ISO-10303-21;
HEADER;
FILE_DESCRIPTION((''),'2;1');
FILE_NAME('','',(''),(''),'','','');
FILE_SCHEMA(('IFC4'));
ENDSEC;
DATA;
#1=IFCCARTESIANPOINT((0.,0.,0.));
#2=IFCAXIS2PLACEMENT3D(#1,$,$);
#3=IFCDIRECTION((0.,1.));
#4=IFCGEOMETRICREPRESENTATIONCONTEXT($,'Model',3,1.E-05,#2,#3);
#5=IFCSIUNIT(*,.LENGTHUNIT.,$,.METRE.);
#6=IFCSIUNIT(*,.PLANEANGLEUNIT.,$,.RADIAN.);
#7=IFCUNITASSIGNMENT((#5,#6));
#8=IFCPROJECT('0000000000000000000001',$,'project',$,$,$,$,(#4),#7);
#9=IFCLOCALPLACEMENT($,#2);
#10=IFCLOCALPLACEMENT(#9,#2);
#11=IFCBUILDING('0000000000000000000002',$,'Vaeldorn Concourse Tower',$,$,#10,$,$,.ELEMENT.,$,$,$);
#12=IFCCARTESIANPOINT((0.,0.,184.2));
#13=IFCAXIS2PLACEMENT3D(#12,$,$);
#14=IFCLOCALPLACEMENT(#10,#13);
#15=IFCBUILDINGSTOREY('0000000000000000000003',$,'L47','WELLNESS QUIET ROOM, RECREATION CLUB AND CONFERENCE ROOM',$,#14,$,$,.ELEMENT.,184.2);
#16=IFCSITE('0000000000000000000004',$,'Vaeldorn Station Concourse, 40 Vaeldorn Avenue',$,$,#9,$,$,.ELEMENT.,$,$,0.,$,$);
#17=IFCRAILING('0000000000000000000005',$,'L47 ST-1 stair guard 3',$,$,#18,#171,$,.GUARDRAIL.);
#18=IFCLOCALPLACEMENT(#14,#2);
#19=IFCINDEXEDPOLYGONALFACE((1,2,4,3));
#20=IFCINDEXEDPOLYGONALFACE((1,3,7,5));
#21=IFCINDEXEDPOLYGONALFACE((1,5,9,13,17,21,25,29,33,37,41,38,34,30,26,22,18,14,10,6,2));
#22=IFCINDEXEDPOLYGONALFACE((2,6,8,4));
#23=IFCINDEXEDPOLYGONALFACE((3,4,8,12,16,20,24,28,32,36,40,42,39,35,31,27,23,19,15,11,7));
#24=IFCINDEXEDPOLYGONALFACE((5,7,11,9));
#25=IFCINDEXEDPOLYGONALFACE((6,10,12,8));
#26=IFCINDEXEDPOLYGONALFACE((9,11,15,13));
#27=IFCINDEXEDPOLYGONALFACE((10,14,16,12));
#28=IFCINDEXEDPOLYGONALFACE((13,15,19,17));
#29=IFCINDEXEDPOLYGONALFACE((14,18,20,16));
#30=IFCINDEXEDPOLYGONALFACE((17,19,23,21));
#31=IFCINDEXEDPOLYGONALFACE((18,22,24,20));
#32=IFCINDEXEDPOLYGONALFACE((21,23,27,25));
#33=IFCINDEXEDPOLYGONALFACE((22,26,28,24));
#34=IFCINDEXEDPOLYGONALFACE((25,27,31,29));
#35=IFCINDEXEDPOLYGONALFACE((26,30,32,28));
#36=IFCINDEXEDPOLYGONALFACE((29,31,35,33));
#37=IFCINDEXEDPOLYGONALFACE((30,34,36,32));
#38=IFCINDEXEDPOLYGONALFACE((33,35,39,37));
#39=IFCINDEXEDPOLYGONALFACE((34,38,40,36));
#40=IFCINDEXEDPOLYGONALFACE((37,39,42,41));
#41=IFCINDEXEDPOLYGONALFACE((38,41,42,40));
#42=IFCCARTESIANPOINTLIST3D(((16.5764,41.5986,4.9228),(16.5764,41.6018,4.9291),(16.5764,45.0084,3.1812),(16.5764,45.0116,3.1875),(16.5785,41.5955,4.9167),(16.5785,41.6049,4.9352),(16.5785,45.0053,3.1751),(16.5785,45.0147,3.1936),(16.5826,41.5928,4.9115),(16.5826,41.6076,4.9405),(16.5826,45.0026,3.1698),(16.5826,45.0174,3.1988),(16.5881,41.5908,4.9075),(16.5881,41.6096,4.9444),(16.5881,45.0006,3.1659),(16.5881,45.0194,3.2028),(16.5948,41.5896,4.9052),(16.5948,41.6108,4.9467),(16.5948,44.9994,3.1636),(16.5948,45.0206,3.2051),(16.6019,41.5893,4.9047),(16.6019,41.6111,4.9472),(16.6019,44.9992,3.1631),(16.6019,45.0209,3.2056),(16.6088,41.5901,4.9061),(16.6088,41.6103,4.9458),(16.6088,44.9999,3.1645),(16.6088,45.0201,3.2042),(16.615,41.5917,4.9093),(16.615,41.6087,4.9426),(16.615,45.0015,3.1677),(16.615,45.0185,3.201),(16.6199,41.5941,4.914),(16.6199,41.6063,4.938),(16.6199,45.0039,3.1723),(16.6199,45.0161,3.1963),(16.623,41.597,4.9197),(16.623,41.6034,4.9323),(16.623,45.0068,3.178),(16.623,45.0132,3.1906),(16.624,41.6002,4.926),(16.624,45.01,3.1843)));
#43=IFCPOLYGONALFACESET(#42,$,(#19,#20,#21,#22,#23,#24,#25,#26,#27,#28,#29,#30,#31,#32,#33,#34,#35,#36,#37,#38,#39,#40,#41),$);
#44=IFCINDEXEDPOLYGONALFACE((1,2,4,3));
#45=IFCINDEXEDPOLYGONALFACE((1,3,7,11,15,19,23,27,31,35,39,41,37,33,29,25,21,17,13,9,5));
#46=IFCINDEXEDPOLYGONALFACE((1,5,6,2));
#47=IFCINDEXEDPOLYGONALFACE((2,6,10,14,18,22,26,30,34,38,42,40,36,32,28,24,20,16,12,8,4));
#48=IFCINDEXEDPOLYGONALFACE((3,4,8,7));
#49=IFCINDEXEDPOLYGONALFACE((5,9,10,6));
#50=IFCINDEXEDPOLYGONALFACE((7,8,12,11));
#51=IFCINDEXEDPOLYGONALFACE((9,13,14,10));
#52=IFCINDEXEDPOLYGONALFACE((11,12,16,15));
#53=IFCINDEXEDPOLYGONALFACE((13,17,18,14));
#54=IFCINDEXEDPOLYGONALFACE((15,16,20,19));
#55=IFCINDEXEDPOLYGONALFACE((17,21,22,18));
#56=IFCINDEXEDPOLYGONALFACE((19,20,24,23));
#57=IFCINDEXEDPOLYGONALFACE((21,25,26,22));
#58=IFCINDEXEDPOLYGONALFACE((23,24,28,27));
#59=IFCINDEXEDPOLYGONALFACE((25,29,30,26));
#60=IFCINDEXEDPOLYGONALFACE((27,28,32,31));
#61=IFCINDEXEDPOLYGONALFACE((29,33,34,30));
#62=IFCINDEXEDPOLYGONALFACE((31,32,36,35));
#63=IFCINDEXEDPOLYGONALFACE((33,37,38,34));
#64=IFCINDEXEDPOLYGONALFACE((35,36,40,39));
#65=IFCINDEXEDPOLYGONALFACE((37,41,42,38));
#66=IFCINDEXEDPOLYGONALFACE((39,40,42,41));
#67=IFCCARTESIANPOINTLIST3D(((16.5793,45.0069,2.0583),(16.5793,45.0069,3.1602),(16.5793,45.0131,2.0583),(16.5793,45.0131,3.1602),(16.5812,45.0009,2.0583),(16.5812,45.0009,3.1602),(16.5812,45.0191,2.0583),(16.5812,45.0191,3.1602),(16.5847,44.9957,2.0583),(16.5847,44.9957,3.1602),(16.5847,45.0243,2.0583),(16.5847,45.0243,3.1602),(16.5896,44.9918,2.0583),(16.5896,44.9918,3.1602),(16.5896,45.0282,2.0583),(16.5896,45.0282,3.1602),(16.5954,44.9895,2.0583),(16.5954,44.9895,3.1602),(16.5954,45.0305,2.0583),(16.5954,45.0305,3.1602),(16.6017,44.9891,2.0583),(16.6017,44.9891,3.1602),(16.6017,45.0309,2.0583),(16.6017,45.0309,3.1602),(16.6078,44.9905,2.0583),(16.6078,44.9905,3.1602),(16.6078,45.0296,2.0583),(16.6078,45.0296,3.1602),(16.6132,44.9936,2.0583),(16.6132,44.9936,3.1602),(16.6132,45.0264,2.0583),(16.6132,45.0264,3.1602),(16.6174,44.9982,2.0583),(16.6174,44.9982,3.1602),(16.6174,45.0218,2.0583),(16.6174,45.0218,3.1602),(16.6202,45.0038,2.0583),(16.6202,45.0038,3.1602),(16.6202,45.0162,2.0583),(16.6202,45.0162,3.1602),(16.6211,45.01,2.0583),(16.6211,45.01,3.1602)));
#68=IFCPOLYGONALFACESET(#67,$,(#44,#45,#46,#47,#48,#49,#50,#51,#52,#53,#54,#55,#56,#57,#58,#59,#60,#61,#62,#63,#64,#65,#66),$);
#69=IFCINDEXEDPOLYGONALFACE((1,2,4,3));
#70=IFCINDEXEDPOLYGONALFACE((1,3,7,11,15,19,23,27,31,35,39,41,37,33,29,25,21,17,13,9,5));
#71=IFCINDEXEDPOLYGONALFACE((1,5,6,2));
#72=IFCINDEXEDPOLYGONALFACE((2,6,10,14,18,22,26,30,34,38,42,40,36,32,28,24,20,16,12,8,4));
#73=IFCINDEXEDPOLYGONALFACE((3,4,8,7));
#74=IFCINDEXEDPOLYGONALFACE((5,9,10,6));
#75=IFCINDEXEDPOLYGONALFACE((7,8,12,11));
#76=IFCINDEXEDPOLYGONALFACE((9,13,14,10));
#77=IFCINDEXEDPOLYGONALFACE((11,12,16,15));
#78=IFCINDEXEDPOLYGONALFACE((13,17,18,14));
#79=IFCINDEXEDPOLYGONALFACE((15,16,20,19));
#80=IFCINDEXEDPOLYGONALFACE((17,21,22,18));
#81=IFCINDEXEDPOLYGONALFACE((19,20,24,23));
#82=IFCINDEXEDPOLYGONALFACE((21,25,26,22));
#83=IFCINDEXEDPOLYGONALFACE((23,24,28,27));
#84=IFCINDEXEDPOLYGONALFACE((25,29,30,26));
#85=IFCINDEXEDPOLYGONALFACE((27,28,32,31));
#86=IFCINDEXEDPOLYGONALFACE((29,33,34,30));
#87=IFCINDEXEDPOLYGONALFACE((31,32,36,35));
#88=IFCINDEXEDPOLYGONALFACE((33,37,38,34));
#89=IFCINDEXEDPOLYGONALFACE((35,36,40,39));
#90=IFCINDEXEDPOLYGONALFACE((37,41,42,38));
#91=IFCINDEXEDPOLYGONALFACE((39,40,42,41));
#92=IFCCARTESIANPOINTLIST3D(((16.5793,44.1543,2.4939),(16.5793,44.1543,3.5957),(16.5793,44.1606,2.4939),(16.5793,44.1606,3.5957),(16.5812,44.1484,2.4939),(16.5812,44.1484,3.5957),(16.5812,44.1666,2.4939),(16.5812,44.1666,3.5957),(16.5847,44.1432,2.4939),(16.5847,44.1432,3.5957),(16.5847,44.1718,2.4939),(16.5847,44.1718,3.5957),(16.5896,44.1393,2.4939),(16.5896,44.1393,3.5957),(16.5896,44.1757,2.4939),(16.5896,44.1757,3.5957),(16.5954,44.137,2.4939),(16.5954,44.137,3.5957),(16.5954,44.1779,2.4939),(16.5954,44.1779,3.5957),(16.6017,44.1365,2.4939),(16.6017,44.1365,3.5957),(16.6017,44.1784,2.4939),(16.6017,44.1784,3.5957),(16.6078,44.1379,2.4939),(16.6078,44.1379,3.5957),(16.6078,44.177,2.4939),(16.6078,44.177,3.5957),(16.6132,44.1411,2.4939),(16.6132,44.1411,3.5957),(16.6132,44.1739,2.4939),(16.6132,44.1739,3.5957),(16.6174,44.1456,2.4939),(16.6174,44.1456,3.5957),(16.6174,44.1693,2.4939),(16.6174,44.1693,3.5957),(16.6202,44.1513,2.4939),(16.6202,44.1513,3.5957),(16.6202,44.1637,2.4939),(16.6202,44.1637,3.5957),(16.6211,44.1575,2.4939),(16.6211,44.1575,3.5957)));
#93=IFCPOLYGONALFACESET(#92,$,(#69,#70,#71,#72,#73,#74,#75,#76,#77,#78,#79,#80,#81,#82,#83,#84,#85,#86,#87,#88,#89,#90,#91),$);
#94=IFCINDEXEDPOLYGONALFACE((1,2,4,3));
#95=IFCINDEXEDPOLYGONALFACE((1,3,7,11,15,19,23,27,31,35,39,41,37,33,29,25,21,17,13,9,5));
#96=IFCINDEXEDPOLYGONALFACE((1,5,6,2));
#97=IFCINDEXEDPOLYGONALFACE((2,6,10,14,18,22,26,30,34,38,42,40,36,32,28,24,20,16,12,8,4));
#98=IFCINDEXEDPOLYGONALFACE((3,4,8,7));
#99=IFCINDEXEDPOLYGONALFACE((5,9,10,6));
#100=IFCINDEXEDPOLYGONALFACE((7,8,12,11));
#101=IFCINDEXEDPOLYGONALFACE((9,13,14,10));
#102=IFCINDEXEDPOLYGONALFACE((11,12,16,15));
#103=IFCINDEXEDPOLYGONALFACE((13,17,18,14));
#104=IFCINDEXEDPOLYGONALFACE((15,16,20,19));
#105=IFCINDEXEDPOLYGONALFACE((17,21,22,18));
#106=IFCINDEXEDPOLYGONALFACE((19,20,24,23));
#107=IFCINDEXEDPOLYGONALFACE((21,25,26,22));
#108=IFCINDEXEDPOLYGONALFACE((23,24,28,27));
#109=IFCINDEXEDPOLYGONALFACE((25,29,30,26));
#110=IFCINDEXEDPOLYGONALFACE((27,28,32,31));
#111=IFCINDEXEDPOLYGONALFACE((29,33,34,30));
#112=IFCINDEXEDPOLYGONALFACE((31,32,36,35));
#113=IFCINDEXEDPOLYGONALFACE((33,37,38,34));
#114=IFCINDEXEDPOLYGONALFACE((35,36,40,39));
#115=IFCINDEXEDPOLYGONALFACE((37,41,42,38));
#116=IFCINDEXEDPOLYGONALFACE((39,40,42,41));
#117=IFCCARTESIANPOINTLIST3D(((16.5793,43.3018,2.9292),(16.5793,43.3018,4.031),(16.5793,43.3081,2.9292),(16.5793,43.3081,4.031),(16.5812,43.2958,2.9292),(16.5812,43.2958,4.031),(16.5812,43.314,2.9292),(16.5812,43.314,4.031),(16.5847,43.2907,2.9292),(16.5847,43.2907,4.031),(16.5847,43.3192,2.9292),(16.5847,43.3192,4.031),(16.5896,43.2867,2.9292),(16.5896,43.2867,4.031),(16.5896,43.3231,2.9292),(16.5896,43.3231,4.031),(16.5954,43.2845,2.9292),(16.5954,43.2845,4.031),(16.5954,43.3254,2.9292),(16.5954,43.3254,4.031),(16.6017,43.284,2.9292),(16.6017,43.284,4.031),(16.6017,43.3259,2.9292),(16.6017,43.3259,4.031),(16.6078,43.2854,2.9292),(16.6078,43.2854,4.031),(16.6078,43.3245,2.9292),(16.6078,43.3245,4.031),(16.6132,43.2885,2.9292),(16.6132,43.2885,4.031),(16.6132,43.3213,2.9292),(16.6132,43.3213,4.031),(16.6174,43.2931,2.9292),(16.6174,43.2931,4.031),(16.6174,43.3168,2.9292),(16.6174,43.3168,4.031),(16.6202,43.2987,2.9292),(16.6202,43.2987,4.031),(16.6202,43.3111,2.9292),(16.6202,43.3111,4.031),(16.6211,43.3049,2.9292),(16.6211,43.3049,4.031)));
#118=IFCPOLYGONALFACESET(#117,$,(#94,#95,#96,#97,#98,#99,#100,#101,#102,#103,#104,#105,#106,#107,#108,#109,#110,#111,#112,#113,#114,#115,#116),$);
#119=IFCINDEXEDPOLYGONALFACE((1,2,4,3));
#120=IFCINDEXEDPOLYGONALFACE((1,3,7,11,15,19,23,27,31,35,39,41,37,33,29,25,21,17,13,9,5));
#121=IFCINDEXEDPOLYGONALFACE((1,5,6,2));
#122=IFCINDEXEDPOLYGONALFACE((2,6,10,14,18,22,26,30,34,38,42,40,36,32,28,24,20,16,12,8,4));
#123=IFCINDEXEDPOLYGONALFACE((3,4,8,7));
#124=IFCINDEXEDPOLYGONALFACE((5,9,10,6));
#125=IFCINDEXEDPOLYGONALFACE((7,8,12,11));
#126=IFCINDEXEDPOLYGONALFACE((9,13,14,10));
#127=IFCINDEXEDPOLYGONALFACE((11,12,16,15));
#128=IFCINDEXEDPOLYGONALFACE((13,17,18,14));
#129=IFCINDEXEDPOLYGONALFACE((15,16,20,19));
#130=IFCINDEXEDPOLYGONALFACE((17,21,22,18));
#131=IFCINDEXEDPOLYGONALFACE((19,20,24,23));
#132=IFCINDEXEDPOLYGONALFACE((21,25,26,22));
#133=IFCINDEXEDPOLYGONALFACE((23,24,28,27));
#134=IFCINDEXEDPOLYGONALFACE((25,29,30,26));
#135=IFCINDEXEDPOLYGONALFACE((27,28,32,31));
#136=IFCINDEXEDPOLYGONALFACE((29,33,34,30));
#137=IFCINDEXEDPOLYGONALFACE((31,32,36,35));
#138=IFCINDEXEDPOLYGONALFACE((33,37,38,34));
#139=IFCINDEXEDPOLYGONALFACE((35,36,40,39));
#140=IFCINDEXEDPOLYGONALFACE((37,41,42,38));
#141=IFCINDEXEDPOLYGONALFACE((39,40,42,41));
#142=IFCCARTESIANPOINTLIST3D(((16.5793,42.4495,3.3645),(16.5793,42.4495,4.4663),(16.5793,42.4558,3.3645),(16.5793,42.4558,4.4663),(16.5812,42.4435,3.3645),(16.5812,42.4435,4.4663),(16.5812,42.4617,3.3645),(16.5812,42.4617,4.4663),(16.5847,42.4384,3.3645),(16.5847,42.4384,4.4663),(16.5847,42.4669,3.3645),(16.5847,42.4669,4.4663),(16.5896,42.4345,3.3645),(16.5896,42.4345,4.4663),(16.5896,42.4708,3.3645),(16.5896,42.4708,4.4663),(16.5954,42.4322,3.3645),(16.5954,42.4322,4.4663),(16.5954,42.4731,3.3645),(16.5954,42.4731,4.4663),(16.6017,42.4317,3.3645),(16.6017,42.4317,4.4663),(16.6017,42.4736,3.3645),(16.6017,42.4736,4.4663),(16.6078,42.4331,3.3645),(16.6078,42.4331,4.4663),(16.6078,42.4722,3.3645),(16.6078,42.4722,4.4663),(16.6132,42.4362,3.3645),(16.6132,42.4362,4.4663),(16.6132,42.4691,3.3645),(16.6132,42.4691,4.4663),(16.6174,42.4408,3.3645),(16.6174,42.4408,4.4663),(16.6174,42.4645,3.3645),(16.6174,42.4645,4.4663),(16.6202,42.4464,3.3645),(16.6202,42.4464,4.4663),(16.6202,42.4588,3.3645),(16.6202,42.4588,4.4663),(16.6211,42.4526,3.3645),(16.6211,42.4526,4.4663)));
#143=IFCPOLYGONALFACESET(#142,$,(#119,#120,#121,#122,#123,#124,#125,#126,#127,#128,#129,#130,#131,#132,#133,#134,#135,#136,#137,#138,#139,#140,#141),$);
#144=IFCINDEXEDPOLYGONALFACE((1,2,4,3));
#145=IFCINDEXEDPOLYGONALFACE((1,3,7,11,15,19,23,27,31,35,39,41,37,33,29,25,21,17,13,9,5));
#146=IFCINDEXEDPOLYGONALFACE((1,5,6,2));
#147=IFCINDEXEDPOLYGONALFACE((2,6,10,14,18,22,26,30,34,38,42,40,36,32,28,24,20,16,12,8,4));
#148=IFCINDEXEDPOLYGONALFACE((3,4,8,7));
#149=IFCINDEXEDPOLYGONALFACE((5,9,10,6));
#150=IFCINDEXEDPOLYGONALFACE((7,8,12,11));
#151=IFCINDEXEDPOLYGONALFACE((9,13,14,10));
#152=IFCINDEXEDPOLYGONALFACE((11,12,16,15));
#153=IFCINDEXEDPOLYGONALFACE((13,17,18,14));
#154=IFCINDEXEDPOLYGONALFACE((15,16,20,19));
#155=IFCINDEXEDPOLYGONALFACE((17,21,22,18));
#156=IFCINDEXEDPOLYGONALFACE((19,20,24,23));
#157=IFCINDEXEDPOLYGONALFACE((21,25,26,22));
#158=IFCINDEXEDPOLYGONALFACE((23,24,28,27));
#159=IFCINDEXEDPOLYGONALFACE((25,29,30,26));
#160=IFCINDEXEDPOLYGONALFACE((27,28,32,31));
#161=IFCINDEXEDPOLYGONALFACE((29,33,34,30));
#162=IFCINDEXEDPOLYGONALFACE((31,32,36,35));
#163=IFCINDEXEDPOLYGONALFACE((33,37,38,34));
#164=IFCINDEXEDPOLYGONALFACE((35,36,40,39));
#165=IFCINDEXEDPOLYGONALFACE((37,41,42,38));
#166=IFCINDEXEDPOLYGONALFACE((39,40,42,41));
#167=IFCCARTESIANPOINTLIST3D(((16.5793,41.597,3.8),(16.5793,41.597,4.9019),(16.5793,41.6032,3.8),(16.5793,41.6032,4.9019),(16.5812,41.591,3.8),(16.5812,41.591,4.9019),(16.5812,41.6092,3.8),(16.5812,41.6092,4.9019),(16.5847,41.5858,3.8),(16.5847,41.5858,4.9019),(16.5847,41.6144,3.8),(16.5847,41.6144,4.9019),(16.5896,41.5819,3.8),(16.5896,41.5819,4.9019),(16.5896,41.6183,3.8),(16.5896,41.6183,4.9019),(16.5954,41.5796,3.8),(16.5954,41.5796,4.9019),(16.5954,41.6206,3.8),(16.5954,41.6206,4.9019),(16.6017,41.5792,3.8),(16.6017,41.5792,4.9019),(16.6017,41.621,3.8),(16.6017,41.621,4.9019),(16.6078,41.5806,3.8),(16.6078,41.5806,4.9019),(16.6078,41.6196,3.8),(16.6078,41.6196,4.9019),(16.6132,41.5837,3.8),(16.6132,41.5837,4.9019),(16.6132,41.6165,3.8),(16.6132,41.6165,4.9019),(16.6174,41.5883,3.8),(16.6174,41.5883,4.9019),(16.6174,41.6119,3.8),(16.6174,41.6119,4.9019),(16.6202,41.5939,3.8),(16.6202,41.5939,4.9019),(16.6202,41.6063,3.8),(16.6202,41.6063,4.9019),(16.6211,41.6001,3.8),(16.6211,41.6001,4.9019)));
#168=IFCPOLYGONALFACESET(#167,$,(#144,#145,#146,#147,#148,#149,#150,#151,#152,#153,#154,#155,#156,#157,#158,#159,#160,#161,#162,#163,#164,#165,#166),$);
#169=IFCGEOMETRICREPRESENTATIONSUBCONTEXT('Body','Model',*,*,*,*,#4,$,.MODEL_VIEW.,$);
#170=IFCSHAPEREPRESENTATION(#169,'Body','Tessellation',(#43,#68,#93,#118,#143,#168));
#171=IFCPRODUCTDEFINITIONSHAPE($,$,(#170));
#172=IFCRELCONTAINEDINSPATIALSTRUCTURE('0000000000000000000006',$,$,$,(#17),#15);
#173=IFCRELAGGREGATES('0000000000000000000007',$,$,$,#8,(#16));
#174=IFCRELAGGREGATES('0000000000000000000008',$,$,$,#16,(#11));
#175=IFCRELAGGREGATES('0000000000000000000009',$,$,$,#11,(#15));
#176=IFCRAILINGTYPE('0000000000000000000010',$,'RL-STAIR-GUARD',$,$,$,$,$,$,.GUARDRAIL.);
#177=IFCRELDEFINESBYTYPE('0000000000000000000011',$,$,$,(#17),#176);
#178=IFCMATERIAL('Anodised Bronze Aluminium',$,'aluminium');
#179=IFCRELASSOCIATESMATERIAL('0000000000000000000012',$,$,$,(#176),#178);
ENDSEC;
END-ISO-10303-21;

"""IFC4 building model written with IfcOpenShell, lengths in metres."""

from ifc_helpers import new_model, si_unit, direction, frame, origin, origin_2d, place, context, subcontext, project, spatial, circle, extrude, material, type_object, element, save


model = new_model("IFC4")

# Units and contexts
model_context = context("Model", 3, precision=1e-05, world=origin(), true_north=direction((0.0, 1.0)))
body_context = subcontext(model_context, "Body", "Model", "MODEL_VIEW")
ifc_project = project(units=[si_unit("LENGTHUNIT", "METRE"), si_unit("PLANEANGLEUNIT", "RADIAN")], contexts=[model_context])

# Site, building, storey
site_placement = place(None, origin())
site = spatial("IfcSite", under=ifc_project, at=site_placement, Name="Vaeldorn Station Concourse, 40 Vaeldorn Avenue", CompositionType="ELEMENT", RefElevation=0.0)
building_placement = place(site_placement, origin())
building = spatial("IfcBuilding", under=site, at=building_placement, Name="Vaeldorn Concourse Tower", CompositionType="ELEMENT")
storey_placement = place(building_placement, frame((0.0, 0.0, 184.2)))
storey = spatial("IfcBuildingStorey", under=building, at=storey_placement, Name="L47", Description="WELLNESS QUIET ROOM, RECREATION CLUB AND CONFERENCE ROOM", CompositionType="ELEMENT", Elevation=184.2)

# Shared definitions
ifc_material_1 = material(Name="Anodised Bronze Aluminium", Category="aluminium")

# Railing
railing_type_1 = type_object("IfcRailingType", Name="RL-STAIR-GUARD", PredefinedType="GUARDRAIL", material=ifc_material_1)
railing_1_placement = place(storey_placement, frame((16.6001, 45.01, 2.0583)))
element("IfcRailing", 1, at=railing_1_placement, inside=storey, type_object=railing_type_1, Name="L47 ST-1 stair guard 3", PredefinedType="GUARDRAIL", context=body_context, shape_type="SweptSolid", body=[
    extrude(circle(Radius=0.0239, at=origin_2d()), frame((0.0, 0.0, 1.126), z_axis=(0.0, -0.890556, 0.454874), x_axis=(1.0, 0.0, 0.0)), (0.0, 0.0, 1.0), 3.8289),
    extrude(circle(Radius=0.021, at=origin_2d()), origin(), (0.0, 0.0, 1.0), 1.1018),
    extrude(circle(Radius=0.021, at=origin_2d()), frame((0.0, -0.8525, 0.4355)), (0.0, 0.0, 1.0), 1.1018),
    extrude(circle(Radius=0.021, at=origin_2d()), frame((0.0, -1.7051, 0.8708)), (0.0, 0.0, 1.0), 1.1018),
    extrude(circle(Radius=0.021, at=origin_2d()), frame((0.0, -2.5574, 1.3062)), (0.0, 0.0, 1.0), 1.1018),
    extrude(circle(Radius=0.021, at=origin_2d()), frame((0.0, -3.4099, 1.7417)), (0.0, 0.0, 1.0), 1.1018),
])

save(model, "model.ifc")
